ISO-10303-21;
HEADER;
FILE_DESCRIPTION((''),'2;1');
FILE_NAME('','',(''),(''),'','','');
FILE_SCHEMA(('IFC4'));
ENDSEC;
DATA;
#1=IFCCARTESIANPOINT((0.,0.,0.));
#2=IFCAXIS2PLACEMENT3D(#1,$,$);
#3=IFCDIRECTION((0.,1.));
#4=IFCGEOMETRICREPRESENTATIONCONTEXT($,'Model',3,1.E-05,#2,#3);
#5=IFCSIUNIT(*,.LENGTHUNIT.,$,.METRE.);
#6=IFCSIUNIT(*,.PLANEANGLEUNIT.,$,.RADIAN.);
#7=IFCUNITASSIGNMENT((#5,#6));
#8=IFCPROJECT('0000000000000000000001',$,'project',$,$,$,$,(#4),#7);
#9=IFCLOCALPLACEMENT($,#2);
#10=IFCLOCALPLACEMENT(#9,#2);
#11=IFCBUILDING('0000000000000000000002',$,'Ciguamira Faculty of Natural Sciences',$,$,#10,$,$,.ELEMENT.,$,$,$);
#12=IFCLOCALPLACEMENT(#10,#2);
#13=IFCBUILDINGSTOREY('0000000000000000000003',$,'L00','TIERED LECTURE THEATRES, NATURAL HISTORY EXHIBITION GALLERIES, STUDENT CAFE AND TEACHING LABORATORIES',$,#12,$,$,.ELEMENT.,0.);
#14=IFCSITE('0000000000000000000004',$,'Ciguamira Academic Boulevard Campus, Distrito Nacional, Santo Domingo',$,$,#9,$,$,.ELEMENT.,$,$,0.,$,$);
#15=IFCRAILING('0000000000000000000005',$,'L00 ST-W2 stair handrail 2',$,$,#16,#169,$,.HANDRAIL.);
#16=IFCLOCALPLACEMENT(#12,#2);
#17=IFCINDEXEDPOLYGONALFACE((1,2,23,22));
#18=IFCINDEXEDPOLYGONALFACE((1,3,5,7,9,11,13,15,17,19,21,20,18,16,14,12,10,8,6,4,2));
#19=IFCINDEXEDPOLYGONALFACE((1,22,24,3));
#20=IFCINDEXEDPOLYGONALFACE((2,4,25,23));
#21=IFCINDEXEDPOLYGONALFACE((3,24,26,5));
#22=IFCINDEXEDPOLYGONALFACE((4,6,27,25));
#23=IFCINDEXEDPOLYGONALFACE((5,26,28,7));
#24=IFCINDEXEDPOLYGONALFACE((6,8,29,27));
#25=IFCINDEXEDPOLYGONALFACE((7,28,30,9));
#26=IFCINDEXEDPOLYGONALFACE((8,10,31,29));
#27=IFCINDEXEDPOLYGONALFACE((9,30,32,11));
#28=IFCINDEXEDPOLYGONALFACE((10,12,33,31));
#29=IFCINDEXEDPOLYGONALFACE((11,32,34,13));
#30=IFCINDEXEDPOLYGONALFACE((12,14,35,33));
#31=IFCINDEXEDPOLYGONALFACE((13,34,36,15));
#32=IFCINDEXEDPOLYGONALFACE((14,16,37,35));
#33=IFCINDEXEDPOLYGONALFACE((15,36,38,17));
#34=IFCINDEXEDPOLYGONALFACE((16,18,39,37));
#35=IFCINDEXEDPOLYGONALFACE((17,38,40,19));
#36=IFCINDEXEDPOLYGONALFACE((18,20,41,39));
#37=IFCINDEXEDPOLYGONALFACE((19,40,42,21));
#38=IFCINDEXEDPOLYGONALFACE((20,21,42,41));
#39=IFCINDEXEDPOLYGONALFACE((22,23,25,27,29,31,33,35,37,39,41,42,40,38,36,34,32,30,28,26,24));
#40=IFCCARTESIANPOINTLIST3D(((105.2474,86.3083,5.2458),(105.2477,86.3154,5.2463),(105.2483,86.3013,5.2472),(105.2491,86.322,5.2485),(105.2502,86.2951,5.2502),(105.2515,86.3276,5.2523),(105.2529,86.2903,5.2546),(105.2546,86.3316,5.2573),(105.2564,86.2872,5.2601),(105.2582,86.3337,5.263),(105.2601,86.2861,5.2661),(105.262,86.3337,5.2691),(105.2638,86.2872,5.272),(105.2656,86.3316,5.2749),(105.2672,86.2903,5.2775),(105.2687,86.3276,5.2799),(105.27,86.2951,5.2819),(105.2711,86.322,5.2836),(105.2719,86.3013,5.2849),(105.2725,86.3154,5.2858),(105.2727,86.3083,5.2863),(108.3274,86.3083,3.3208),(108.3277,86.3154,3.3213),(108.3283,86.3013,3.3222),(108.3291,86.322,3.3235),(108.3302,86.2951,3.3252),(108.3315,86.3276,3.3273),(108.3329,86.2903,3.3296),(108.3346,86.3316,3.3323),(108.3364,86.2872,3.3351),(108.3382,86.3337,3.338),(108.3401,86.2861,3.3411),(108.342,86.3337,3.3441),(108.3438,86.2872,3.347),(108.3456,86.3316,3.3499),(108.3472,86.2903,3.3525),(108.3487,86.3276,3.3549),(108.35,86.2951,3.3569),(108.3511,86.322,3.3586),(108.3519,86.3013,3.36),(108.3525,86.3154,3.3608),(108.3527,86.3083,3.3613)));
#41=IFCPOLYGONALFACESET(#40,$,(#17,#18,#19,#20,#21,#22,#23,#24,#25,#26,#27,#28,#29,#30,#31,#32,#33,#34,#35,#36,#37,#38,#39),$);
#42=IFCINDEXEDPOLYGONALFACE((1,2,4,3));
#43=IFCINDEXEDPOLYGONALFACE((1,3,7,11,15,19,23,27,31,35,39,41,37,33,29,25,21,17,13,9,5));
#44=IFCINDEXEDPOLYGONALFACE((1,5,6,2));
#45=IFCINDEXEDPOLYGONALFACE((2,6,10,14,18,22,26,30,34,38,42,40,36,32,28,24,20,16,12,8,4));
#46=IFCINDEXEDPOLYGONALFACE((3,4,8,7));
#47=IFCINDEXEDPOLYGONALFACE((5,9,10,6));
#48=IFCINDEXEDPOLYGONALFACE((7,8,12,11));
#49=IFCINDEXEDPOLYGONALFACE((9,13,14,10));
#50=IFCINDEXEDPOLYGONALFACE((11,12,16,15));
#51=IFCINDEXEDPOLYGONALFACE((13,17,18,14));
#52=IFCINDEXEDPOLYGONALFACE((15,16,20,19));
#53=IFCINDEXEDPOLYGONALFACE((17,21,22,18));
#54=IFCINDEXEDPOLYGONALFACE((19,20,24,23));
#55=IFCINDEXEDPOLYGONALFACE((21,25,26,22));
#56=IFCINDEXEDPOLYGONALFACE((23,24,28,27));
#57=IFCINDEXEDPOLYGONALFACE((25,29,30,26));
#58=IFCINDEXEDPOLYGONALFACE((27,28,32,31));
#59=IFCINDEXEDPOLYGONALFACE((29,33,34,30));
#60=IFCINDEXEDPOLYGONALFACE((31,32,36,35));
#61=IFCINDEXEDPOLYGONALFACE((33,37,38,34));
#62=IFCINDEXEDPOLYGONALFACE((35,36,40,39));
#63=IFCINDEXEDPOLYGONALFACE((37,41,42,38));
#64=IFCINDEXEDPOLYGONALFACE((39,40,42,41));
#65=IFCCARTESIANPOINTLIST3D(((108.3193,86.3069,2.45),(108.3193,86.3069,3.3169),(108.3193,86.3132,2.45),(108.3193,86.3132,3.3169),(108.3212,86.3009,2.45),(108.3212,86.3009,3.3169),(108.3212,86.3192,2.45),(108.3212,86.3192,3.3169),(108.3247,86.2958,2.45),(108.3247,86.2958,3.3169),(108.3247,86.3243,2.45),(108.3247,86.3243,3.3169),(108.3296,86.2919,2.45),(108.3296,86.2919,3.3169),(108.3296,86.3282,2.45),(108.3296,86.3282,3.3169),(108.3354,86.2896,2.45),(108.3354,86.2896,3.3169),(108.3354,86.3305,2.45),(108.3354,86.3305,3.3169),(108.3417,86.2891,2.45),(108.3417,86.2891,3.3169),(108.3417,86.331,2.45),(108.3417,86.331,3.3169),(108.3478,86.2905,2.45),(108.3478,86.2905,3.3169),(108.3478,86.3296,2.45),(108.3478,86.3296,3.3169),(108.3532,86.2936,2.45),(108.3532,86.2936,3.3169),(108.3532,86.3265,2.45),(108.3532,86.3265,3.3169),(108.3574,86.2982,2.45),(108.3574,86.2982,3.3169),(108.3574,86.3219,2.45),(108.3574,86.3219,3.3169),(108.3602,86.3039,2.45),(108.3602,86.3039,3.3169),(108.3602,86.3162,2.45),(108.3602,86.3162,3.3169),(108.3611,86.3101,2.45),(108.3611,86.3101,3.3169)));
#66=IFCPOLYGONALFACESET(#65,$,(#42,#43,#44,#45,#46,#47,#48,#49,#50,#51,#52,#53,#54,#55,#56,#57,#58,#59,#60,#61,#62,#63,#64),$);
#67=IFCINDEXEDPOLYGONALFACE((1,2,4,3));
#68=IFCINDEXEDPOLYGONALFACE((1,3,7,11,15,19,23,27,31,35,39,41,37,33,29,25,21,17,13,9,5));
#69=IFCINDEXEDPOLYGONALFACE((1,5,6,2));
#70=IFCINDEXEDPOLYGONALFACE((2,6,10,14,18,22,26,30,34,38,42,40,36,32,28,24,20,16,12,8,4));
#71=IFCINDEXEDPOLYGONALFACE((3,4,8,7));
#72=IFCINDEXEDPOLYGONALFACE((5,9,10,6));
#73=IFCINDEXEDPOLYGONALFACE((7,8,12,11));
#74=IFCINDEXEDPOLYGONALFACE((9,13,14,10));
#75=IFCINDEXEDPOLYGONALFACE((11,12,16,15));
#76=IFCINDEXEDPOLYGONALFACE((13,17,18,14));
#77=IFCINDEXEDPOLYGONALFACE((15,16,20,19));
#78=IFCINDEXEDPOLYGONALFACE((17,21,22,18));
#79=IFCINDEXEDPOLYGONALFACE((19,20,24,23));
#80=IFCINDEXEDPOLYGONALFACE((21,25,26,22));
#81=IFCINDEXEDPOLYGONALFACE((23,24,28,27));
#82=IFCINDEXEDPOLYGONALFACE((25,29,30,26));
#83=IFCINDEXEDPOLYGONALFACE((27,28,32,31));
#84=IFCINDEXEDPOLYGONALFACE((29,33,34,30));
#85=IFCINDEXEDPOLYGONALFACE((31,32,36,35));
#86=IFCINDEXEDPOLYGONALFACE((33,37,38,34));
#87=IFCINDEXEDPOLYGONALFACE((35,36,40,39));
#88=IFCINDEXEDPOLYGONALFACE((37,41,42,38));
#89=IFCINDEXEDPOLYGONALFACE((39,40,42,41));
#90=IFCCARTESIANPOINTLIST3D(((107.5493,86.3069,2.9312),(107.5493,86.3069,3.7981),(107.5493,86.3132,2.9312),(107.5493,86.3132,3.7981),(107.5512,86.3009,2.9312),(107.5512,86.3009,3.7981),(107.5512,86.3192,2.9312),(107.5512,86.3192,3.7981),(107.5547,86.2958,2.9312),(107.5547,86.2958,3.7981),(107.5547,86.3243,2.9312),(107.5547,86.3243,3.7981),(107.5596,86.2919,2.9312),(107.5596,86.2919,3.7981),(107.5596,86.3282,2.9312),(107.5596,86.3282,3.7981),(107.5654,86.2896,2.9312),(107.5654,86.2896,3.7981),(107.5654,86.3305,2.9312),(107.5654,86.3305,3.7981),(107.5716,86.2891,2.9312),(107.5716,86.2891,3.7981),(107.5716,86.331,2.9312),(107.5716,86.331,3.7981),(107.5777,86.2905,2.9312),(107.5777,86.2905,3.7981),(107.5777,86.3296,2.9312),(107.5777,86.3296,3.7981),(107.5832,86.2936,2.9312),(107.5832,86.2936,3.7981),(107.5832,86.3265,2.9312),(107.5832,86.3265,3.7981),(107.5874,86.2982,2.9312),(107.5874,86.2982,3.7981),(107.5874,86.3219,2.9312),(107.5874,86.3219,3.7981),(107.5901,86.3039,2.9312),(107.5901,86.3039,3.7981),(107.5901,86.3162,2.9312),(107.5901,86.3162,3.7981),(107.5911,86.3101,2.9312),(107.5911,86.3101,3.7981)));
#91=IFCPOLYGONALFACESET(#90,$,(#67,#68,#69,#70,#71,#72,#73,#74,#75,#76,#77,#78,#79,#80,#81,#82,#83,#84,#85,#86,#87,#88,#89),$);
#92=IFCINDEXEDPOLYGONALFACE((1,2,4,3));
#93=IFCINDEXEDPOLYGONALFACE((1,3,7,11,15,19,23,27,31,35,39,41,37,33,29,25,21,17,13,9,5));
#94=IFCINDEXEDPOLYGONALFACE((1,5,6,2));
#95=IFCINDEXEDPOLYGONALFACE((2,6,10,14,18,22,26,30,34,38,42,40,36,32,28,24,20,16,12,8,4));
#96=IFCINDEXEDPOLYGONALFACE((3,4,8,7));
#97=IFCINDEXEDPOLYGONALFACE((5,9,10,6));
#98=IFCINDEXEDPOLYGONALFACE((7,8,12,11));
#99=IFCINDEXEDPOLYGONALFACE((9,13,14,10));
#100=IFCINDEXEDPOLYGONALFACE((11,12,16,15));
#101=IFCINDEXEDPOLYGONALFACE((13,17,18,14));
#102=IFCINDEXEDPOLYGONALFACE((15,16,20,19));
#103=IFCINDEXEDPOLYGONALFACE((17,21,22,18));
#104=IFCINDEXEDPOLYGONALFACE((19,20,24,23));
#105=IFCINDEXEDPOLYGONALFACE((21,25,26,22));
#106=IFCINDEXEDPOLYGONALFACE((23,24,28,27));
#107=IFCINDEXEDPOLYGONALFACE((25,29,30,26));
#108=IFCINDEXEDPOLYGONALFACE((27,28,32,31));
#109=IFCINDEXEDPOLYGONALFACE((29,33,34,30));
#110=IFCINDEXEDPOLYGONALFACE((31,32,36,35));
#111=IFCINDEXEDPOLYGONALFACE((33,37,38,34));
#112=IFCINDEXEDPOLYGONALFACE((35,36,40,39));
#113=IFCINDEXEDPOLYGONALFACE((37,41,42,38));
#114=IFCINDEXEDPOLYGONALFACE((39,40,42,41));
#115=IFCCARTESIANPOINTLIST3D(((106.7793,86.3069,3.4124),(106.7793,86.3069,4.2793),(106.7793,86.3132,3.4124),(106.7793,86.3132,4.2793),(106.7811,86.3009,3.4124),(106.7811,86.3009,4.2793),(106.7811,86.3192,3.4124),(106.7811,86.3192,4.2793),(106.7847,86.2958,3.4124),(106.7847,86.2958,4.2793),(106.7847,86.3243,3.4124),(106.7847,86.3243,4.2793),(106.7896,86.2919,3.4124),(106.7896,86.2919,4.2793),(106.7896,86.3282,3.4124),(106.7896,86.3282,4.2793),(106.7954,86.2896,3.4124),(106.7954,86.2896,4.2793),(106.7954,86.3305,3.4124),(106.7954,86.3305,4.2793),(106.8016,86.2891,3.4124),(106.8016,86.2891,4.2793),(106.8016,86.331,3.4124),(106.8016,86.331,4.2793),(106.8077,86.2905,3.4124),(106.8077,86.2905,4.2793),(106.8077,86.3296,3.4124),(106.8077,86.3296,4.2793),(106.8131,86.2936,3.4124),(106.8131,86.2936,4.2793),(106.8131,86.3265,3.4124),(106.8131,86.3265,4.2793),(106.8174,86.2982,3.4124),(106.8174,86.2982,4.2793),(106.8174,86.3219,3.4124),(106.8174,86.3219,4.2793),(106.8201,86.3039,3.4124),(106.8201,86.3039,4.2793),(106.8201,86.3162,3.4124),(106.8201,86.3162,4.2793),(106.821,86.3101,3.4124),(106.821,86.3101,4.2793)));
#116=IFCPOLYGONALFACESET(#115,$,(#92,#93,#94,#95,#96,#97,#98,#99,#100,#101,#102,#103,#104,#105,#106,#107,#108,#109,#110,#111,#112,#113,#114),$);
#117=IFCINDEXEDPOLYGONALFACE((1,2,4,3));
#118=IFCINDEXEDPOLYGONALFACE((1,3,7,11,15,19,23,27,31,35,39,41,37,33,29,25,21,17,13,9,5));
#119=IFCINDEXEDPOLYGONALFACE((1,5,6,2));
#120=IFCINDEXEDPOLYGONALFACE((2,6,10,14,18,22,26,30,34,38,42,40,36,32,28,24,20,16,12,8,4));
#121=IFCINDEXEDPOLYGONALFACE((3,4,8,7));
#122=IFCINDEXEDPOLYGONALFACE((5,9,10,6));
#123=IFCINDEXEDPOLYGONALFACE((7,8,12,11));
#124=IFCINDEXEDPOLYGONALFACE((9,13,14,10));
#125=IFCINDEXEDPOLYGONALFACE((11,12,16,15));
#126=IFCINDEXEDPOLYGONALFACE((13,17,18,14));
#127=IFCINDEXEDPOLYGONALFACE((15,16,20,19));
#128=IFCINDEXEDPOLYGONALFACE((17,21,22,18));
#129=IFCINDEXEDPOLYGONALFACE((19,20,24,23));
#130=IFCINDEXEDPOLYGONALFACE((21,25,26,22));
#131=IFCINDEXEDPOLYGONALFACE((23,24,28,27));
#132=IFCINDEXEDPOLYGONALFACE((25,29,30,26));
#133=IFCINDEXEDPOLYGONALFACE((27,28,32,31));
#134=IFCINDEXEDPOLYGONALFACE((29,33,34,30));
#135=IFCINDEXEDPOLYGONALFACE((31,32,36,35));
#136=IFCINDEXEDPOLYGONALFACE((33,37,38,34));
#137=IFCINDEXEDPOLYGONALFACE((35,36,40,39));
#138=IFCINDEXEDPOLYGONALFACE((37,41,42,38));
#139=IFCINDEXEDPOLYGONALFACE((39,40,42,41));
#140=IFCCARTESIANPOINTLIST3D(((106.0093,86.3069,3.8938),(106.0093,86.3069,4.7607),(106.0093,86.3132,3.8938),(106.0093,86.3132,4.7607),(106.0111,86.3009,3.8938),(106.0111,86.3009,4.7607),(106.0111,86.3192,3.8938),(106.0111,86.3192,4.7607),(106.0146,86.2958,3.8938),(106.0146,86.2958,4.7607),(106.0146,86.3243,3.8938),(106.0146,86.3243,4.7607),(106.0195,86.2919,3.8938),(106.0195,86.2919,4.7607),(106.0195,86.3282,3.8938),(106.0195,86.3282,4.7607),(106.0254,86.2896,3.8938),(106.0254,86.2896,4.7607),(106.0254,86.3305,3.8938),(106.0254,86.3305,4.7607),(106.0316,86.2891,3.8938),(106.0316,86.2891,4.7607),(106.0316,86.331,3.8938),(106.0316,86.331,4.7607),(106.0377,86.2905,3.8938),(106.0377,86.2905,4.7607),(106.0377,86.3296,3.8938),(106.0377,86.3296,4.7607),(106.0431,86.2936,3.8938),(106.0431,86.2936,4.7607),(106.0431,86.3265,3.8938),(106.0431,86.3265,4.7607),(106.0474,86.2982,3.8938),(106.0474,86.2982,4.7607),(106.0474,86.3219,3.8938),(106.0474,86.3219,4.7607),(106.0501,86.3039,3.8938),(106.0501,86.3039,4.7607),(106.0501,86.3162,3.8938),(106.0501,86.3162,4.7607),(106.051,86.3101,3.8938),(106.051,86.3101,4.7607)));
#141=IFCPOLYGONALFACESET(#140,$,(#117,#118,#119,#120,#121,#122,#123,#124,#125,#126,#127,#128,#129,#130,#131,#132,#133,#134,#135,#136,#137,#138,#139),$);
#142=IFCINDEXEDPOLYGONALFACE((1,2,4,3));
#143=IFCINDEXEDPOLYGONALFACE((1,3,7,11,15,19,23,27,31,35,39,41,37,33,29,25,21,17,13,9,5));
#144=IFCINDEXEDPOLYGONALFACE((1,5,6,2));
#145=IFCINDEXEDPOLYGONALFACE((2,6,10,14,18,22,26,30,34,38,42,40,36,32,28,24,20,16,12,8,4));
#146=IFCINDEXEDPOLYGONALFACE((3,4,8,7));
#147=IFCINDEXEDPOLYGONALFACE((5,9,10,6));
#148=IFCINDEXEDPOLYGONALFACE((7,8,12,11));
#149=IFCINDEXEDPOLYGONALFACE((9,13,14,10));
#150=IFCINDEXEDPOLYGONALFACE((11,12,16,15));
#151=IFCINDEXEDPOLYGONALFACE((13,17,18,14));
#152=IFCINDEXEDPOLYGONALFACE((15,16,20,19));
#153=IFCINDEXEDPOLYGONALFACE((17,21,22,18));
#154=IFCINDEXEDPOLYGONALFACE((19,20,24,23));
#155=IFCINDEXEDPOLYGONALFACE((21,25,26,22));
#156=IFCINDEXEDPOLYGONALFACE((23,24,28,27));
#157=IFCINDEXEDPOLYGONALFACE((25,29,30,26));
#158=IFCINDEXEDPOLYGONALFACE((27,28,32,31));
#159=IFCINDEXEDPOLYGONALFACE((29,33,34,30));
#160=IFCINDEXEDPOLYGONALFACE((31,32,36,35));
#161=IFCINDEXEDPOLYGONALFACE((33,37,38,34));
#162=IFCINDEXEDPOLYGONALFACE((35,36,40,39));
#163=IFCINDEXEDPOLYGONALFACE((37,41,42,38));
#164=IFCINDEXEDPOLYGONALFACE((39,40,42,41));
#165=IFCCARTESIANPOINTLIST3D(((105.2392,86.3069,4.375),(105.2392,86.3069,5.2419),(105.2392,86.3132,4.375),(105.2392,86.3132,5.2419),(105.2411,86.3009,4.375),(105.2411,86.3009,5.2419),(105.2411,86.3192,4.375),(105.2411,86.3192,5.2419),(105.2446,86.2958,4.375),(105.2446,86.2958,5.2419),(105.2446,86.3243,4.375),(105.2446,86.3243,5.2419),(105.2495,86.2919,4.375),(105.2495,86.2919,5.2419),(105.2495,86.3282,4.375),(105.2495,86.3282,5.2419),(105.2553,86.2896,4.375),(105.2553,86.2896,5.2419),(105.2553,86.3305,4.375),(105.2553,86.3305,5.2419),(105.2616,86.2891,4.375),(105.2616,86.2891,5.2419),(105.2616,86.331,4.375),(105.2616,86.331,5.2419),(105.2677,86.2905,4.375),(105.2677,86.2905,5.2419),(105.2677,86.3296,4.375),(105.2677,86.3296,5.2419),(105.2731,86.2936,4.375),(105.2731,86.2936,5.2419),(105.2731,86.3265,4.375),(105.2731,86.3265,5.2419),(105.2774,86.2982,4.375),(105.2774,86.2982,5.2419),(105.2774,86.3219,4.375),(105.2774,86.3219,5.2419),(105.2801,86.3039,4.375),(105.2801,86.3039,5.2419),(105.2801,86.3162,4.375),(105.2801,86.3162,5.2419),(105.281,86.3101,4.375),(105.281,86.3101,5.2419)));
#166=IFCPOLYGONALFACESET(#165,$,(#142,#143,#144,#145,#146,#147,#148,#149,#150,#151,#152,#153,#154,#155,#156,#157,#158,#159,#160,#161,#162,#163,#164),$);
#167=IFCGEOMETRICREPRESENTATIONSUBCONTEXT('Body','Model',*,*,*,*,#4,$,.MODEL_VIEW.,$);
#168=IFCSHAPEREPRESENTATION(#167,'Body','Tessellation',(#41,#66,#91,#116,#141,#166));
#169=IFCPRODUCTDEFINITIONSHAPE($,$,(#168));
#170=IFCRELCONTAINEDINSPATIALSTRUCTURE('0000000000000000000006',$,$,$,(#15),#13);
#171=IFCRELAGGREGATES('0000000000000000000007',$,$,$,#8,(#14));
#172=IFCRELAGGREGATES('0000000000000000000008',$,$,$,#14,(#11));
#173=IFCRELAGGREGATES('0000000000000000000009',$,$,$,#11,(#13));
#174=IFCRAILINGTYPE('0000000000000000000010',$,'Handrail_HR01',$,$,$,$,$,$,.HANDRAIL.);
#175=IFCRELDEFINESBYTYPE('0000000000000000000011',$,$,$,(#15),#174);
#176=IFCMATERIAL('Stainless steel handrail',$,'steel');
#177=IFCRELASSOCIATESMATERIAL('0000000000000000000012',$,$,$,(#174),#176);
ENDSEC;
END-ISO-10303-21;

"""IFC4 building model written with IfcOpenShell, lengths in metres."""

from ifc_helpers import new_model, si_unit, direction, frame, origin, origin_2d, place, context, subcontext, project, spatial, circle, extrude, material, type_object, element, save


model = new_model("IFC4")

# Units and contexts
model_context = context("Model", 3, precision=1e-05, world=origin(), true_north=direction((0.0, 1.0)))
body_context = subcontext(model_context, "Body", "Model", "MODEL_VIEW")
ifc_project = project(units=[si_unit("LENGTHUNIT", "METRE"), si_unit("PLANEANGLEUNIT", "RADIAN")], contexts=[model_context])

# Site, building, storey
site_placement = place(None, origin())
site = spatial("IfcSite", under=ifc_project, at=site_placement, Name="Ciguamira Academic Boulevard Campus, Distrito Nacional, Santo Domingo", CompositionType="ELEMENT", RefElevation=0.0)
building_placement = place(site_placement, origin())
building = spatial("IfcBuilding", under=site, at=building_placement, Name="Ciguamira Faculty of Natural Sciences", CompositionType="ELEMENT")
storey_placement = place(building_placement, origin())
storey = spatial("IfcBuildingStorey", under=building, at=storey_placement, Name="L00", Description="TIERED LECTURE THEATRES, NATURAL HISTORY EXHIBITION GALLERIES, STUDENT CAFE AND TEACHING LABORATORIES", CompositionType="ELEMENT", Elevation=0.0)

# Railing
ifc_material_1 = material(Name="Stainless steel handrail", Category="steel")
railing_type_1 = type_object("IfcRailingType", Name="Handrail_HR01", PredefinedType="HANDRAIL", material=ifc_material_1)
railing_1_placement = place(storey_placement, frame((108.3401, 86.3101, 2.45)))
element("IfcRailing", 1, at=railing_1_placement, inside=storey, type_object=railing_type_1, Name="L00 ST-W2 stair handrail 2", PredefinedType="HANDRAIL", context=body_context, shape_type="SweptSolid", body=[
    extrude(circle(Radius=0.0239, at=origin_2d()), frame((0.0, 0.0, 0.8911), z_axis=(-0.847998, 0.0, 0.529999), x_axis=(0.0, -1.0, 0.0)), (0.0, 0.0, 1.0), 3.6321),
    extrude(circle(Radius=0.021, at=origin_2d()), origin(), (0.0, 0.0, 1.0), 0.8669),
    extrude(circle(Radius=0.021, at=origin_2d()), frame((-0.77, 0.0, 0.4812)), (0.0, 0.0, 1.0), 0.8669),
    extrude(circle(Radius=0.021, at=origin_2d()), frame((-1.54, 0.0, 0.9624)), (0.0, 0.0, 1.0), 0.8669),
    extrude(circle(Radius=0.021, at=origin_2d()), frame((-2.3101, 0.0, 1.4438)), (0.0, 0.0, 1.0), 0.8669),
    extrude(circle(Radius=0.021, at=origin_2d()), frame((-3.0801, 0.0, 1.925)), (0.0, 0.0, 1.0), 0.8669),
])

save(model, "model.ifc")
